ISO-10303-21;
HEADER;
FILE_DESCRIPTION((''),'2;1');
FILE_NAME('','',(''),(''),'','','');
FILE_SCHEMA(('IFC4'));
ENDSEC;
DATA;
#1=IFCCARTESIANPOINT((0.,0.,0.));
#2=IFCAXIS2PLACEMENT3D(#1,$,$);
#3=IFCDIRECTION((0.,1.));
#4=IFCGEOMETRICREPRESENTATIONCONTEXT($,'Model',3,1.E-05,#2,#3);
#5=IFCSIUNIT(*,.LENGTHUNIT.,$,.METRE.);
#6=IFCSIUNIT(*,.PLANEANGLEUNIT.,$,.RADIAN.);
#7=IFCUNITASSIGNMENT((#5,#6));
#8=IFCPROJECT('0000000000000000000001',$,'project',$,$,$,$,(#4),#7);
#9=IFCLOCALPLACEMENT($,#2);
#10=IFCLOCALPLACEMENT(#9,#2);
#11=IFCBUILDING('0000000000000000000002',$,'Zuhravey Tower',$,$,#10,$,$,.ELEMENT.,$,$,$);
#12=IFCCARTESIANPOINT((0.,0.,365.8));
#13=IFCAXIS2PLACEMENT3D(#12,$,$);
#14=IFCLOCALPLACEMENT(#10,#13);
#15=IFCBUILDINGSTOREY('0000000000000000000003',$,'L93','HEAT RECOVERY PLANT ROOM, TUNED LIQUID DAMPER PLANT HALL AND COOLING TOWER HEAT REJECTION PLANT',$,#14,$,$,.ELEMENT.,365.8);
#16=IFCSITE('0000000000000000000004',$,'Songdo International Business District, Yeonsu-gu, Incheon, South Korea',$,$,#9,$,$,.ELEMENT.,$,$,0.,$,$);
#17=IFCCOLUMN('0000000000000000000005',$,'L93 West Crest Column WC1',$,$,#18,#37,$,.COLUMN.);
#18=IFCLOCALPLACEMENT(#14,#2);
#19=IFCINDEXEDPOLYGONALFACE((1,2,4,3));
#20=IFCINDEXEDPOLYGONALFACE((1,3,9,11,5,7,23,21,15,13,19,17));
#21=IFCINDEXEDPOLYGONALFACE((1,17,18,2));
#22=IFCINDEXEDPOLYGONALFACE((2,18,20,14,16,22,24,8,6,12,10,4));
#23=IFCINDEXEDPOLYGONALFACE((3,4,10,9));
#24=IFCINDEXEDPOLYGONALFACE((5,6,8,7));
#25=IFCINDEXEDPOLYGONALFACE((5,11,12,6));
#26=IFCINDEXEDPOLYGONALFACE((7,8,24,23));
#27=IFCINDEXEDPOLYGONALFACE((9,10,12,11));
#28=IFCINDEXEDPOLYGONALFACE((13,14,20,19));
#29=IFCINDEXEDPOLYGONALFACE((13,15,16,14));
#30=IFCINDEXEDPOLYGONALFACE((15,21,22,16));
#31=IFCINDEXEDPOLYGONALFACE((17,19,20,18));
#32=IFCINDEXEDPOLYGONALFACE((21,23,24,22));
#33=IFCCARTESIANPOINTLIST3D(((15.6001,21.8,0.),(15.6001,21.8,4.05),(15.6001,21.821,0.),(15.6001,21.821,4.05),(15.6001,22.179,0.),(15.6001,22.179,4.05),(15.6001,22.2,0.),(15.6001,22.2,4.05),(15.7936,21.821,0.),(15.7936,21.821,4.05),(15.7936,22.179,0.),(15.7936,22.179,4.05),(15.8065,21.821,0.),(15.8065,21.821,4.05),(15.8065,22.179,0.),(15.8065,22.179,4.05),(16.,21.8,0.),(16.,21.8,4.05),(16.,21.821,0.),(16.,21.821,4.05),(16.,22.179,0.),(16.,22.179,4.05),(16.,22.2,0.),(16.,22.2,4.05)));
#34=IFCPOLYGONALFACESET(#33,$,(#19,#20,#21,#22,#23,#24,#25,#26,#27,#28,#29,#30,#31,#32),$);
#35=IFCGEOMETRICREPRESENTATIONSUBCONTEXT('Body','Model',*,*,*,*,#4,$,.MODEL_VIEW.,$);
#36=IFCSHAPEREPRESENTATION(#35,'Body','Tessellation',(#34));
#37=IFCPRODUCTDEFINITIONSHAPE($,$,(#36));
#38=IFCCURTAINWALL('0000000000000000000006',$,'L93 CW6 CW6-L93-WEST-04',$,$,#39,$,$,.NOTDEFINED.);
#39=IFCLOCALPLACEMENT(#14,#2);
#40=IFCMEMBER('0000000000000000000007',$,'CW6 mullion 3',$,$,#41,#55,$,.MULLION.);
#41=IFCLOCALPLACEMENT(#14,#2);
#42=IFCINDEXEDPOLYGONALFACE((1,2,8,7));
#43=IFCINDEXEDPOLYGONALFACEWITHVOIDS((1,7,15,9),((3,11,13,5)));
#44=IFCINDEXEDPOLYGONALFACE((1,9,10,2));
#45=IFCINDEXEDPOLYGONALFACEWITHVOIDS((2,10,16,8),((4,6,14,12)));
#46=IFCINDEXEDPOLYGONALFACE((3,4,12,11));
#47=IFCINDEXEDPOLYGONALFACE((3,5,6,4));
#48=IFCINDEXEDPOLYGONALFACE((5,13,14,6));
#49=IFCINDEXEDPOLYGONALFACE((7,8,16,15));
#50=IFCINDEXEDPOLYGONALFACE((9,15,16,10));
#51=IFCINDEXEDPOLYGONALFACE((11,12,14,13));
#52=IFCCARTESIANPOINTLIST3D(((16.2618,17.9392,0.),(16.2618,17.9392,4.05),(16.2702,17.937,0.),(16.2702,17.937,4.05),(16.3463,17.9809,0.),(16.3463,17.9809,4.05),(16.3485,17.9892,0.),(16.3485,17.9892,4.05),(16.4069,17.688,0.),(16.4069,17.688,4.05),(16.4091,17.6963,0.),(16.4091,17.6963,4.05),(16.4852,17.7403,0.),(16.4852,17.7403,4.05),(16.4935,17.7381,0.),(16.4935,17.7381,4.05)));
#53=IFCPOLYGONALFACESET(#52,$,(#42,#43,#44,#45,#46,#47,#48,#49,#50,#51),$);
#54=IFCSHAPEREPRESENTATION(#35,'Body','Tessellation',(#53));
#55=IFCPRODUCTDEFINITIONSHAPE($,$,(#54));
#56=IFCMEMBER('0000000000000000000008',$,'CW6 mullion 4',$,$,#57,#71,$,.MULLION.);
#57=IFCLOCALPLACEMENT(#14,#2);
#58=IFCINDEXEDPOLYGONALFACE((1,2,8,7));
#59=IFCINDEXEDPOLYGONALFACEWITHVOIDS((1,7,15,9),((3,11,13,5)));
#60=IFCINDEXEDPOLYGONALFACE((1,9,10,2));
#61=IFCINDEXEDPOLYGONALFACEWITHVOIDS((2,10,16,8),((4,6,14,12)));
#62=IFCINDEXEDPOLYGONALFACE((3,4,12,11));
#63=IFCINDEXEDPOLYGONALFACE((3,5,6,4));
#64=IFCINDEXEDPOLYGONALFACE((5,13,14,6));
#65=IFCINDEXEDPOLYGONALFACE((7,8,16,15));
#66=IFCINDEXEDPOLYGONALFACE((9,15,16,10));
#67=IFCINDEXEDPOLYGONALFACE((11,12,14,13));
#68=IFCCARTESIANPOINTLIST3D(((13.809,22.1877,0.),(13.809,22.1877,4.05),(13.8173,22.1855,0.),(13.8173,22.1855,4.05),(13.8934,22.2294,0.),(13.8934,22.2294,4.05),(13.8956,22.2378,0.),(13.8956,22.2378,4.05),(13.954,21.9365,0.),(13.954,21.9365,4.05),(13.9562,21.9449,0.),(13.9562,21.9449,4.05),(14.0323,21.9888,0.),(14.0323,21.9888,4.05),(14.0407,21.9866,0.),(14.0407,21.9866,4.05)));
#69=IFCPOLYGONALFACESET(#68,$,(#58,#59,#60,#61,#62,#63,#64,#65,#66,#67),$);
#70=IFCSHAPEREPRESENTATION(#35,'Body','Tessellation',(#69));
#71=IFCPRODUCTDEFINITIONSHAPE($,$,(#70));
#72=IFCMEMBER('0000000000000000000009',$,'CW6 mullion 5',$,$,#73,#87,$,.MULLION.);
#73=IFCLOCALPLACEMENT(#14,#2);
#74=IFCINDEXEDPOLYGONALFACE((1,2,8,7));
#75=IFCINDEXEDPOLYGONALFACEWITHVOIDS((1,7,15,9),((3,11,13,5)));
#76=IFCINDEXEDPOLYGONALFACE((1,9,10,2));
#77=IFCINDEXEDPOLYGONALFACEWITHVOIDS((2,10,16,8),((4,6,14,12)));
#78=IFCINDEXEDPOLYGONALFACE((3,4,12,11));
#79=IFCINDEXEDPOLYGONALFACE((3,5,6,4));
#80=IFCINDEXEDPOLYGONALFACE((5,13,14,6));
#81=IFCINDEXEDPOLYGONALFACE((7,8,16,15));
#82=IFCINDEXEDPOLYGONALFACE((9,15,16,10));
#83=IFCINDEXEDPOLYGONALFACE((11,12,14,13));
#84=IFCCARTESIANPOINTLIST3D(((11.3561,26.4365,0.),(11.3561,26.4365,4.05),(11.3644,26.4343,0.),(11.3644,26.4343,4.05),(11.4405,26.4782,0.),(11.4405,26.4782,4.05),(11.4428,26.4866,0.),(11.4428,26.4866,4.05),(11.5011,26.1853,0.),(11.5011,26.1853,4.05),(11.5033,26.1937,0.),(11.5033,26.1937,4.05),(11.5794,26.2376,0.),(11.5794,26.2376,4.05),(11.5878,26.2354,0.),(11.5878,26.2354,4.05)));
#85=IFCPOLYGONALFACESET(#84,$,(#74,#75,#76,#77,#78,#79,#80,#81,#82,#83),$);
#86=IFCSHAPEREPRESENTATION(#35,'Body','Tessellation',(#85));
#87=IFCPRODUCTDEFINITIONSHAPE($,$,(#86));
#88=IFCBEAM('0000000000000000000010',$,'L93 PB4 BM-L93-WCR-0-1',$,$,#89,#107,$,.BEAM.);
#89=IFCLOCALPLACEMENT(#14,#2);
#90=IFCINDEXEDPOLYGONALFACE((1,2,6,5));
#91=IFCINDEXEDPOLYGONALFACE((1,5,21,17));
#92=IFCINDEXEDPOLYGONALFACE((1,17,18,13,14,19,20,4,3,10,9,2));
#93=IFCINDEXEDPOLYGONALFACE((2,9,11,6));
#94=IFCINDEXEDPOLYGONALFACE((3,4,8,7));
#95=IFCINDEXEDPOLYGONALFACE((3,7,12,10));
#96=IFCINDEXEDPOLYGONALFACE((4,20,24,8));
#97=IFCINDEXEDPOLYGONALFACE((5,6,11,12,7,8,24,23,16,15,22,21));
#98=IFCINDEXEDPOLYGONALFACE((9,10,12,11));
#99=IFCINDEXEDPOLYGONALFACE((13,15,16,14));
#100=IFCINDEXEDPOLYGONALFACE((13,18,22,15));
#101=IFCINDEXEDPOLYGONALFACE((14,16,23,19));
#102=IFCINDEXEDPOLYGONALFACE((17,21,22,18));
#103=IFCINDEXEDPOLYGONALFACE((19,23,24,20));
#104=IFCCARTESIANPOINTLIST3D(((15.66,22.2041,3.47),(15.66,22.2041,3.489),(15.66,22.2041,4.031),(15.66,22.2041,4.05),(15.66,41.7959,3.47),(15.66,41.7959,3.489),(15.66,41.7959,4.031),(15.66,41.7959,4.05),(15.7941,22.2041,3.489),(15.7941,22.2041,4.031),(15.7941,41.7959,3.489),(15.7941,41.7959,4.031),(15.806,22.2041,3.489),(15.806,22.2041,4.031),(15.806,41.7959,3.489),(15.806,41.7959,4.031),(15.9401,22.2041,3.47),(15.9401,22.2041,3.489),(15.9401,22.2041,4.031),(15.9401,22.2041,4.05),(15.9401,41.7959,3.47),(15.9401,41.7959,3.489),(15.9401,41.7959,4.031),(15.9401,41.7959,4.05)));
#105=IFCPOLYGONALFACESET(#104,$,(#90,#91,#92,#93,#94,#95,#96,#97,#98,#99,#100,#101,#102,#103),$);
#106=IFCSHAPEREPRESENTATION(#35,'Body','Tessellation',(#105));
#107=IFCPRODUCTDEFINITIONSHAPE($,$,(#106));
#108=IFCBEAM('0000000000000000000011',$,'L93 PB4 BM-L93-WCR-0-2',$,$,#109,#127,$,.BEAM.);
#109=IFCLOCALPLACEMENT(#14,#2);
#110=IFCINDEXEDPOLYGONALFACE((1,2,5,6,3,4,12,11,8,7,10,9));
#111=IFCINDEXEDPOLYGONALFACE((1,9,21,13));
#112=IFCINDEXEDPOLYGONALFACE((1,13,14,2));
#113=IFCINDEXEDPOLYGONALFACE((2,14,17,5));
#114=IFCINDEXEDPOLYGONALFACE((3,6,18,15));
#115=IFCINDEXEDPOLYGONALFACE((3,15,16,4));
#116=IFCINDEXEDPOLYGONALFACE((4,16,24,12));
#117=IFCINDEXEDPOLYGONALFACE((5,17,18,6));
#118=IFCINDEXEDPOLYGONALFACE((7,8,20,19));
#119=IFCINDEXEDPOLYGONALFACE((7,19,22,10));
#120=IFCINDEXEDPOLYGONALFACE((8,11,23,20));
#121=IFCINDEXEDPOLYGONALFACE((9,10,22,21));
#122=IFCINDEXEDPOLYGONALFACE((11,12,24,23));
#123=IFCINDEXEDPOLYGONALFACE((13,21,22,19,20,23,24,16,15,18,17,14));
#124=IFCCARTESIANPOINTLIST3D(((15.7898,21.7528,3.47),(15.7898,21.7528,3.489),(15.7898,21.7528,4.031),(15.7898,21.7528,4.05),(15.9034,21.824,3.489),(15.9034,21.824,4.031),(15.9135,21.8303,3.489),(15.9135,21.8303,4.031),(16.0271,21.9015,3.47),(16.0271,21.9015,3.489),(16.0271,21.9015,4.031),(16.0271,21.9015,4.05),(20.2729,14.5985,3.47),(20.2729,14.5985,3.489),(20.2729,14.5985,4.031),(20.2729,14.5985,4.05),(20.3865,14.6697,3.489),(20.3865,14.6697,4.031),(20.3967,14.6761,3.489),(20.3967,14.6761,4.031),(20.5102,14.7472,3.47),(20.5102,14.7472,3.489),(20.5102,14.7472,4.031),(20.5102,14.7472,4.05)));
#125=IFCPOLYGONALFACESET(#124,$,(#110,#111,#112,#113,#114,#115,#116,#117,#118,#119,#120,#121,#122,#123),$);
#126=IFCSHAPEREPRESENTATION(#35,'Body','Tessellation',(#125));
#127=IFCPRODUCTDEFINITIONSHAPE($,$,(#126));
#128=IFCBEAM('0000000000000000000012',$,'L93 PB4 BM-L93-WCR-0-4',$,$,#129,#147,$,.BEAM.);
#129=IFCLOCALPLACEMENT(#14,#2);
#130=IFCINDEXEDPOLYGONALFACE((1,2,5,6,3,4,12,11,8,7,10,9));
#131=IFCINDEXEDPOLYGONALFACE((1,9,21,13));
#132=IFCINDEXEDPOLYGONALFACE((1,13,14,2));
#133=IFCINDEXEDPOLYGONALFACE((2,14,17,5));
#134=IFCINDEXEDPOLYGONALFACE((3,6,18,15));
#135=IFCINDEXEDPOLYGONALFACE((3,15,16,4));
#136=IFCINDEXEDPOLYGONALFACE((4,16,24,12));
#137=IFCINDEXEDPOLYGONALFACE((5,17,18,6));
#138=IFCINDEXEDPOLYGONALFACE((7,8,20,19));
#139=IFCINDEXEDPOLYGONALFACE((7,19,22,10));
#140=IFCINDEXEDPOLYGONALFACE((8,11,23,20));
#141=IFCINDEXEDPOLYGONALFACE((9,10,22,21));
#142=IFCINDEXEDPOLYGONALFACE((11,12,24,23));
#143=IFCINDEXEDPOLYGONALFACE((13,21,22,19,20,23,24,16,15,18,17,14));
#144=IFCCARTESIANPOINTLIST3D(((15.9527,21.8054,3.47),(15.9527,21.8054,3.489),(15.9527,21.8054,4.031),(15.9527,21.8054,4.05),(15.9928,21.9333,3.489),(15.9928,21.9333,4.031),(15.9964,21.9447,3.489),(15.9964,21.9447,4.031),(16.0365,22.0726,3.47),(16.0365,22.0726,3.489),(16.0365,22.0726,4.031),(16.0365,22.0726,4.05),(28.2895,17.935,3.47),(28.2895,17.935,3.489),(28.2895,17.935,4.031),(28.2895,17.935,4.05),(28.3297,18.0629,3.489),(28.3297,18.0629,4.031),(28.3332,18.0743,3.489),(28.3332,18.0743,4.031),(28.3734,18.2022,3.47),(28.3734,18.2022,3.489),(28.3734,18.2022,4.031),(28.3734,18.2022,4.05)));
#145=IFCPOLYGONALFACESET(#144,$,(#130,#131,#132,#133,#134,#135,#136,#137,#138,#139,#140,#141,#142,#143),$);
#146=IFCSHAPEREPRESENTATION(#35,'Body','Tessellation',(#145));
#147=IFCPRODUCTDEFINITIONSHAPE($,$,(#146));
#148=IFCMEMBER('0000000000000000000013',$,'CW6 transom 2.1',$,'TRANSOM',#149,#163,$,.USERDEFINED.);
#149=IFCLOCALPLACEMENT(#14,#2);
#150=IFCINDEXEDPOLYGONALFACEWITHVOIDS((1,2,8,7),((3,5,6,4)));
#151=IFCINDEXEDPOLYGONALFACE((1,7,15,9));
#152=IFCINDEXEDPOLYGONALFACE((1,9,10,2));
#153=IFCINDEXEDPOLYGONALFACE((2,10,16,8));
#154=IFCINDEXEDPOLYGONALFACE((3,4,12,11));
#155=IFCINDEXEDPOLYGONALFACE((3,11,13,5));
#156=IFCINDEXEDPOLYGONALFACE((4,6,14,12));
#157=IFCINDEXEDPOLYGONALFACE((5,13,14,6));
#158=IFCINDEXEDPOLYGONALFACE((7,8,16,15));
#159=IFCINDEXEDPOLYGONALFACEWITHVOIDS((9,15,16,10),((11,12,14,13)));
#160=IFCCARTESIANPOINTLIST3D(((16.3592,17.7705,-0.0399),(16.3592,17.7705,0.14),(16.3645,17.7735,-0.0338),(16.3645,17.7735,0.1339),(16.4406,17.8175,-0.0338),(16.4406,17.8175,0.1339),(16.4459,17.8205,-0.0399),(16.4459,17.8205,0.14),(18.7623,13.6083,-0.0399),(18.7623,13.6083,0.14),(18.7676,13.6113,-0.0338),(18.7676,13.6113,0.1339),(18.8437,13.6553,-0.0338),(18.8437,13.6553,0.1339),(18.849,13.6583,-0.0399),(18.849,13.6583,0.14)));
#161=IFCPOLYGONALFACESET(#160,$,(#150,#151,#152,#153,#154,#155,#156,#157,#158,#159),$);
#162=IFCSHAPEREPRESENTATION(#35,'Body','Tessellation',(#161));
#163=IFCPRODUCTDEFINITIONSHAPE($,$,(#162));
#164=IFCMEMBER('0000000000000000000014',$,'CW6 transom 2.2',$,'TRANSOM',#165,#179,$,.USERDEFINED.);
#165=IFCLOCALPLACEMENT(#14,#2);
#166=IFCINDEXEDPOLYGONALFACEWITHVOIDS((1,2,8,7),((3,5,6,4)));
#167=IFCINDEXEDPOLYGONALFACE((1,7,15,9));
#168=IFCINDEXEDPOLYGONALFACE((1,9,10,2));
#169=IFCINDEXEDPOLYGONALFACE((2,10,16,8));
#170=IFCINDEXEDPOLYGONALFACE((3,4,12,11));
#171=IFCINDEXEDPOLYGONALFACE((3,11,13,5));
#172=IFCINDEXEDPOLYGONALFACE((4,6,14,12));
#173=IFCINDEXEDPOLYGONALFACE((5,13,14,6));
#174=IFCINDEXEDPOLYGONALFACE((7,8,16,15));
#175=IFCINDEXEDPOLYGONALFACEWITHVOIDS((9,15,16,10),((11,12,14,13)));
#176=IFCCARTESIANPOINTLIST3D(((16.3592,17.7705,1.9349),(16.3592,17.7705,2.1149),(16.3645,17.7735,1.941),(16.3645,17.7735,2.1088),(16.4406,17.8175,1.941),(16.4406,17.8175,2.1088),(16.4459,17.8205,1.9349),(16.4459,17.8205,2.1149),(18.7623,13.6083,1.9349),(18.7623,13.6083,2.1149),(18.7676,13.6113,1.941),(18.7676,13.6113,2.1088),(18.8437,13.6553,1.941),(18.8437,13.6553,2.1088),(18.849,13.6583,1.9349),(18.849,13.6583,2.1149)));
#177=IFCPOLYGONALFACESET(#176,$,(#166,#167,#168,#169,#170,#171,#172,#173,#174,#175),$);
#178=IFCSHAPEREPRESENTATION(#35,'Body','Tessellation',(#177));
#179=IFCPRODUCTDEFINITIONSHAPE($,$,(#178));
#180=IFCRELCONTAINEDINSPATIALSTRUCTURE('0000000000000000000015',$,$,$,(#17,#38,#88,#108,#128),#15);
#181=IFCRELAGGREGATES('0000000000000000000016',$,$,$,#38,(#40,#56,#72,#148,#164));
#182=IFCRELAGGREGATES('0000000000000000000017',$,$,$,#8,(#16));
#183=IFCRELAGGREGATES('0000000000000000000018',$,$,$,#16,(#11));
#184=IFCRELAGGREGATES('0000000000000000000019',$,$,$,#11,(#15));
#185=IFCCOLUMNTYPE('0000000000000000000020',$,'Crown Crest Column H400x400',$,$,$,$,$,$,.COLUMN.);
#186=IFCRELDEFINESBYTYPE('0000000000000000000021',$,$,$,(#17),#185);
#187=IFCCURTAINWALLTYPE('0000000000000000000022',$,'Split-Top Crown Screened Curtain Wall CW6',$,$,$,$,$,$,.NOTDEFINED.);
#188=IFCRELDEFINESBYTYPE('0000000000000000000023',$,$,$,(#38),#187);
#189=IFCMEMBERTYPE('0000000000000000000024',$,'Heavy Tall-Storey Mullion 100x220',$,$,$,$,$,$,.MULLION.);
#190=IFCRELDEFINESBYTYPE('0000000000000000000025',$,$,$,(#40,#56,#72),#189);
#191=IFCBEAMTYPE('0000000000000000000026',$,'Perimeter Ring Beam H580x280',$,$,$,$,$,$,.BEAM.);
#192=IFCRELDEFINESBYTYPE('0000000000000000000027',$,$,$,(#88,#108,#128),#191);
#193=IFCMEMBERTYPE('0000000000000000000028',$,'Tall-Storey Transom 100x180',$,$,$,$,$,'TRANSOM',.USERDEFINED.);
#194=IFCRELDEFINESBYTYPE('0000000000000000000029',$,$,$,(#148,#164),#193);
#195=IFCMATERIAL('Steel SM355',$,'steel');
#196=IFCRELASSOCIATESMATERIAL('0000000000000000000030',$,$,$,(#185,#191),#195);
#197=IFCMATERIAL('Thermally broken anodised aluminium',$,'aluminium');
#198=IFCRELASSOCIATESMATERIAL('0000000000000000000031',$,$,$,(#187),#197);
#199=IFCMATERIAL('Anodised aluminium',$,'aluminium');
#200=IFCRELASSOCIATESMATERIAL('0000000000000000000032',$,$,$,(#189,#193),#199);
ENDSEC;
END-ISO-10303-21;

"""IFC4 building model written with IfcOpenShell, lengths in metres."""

from ifc_helpers import new_model, si_unit, direction, frame, origin, origin_2d, place, context, subcontext, project, spatial, hollow_rectangle, i_section, extrude, material, material_profile, profile_set, type_object, element, aggregate, save


model = new_model("IFC4")

# Units and contexts
model_context = context("Model", 3, precision=1e-05, world=origin(), true_north=direction((0.0, 1.0)))
body_context = subcontext(model_context, "Body", "Model", "MODEL_VIEW")
ifc_project = project(units=[si_unit("LENGTHUNIT", "METRE"), si_unit("PLANEANGLEUNIT", "RADIAN")], contexts=[model_context])

# Site, building, storey
site_placement = place(None, origin())
site = spatial("IfcSite", under=ifc_project, at=site_placement, Name="Songdo International Business District, Yeonsu-gu, Incheon, South Korea", CompositionType="ELEMENT", RefElevation=0.0)
building_placement = place(site_placement, origin())
building = spatial("IfcBuilding", under=site, at=building_placement, Name="Zuhravey Tower", CompositionType="ELEMENT")
storey_placement = place(building_placement, frame((0.0, 0.0, 365.8)))
storey = spatial("IfcBuildingStorey", under=building, at=storey_placement, Name="L93", Description="HEAT RECOVERY PLANT ROOM, TUNED LIQUID DAMPER PLANT HALL AND COOLING TOWER HEAT REJECTION PLANT", CompositionType="ELEMENT", Elevation=365.8)

# Column
ifc_material_1 = material(Name="Steel SM355", Category="steel")
ifc_material_profile_1 = material_profile(ifc_material_1, i_section(OverallWidth=0.3999, OverallDepth=0.3999, WebThickness=0.0129, FlangeThickness=0.021, at=origin_2d()), Name="H-400x400x13x21")
ifc_profile_set_1 = profile_set([ifc_material_profile_1], Name="Steel SM355")
column_type = type_object("IfcColumnType", Name="Crown Crest Column H400x400", PredefinedType="COLUMN", material=ifc_profile_set_1)
column_placement = place(storey_placement, frame((15.8, 22.0, 0.0), z_axis=(0.0, 0.0, 1.0), x_axis=(1.0, 0.0, 0.0)))
element("IfcColumn", 1, at=column_placement, inside=storey, type_object=column_type, Name="L93 West Crest Column WC1", PredefinedType="COLUMN", context=body_context, shape_type="SweptSolid", body=[
    extrude(i_section(OverallWidth=0.3999, OverallDepth=0.3999, WebThickness=0.0129, FlangeThickness=0.021, at=origin_2d()), origin(), (0.0, 0.0, 1.0), 4.05),
])

# Curtain wall, members
ifc_material_2 = material(Name="Thermally broken anodised aluminium", Category="aluminium")
curtain_wall_type = type_object("IfcCurtainWallType", Name="Split-Top Crown Screened Curtain Wall CW6", PredefinedType="NOTDEFINED", material=ifc_material_2)
curtain_wall_placement = place(storey_placement, origin())
curtain_wall = element("IfcCurtainWall", 2, at=curtain_wall_placement, inside=storey, type_object=curtain_wall_type, Name="L93 CW6 CW6-L93-WEST-04", PredefinedType="NOTDEFINED")
ifc_material_3 = material(Name="Anodised aluminium", Category="aluminium")
ifc_material_profile_2 = material_profile(ifc_material_3, hollow_rectangle(XDim=0.1001, YDim=0.29, WallThickness=0.0061, at=origin_2d()), Name="ALU-RHS-100x290x6")
ifc_profile_set_2 = profile_set([ifc_material_profile_2], Name="Anodised aluminium")
member_type_1 = type_object("IfcMemberType", Name="Heavy Tall-Storey Mullion 100x220", PredefinedType="MULLION", material=ifc_profile_set_2)
member_1_placement = place(storey_placement, frame((16.3777, 17.8386, 0.0), z_axis=(0.0, 0.0, 1.0), x_axis=(-0.866027, -0.499997, 0.0)))
member_1 = element("IfcMember", 3, at=member_1_placement, type_object=member_type_1, Name="CW6 mullion 3", PredefinedType="MULLION", context=body_context, shape_type="SweptSolid", body=[
    extrude(hollow_rectangle(XDim=0.1001, YDim=0.29, WallThickness=0.0061, at=origin_2d()), origin(), (0.0, 0.0, 1.0), 4.05),
])
member_2_placement = place(storey_placement, frame((13.9248, 22.0872, 0.0), z_axis=(0.0, 0.0, 1.0), x_axis=(-0.866027, -0.499997, 0.0)))
member_2 = element("IfcMember", 4, at=member_2_placement, type_object=member_type_1, Name="CW6 mullion 4", PredefinedType="MULLION", context=body_context, shape_type="SweptSolid", body=[
    extrude(hollow_rectangle(XDim=0.1001, YDim=0.29, WallThickness=0.0061, at=origin_2d()), origin(), (0.0, 0.0, 1.0), 4.05),
])
member_3_placement = place(storey_placement, frame((11.4719, 26.3359, 0.0), z_axis=(0.0, 0.0, 1.0), x_axis=(-0.866027, -0.499997, 0.0)))
member_3 = element("IfcMember", 5, at=member_3_placement, type_object=member_type_1, Name="CW6 mullion 5", PredefinedType="MULLION", context=body_context, shape_type="SweptSolid", body=[
    extrude(hollow_rectangle(XDim=0.1001, YDim=0.29, WallThickness=0.0061, at=origin_2d()), origin(), (0.0, 0.0, 1.0), 4.05),
])

# Beams
ifc_material_profile_3 = material_profile(ifc_material_1, i_section(OverallWidth=0.28, OverallDepth=0.5801, WebThickness=0.012, FlangeThickness=0.019, at=origin_2d()), Name="H-580x280x12x19")
ifc_profile_set_3 = profile_set([ifc_material_profile_3], Name="Steel SM355")
beam_type = type_object("IfcBeamType", Name="Perimeter Ring Beam H580x280", PredefinedType="BEAM", material=ifc_profile_set_3)
beam_1_placement = place(storey_placement, frame((15.8, 22.2041, 3.76), z_axis=(0.0, 1.0, 0.0), x_axis=(-1.0, 0.0, 0.0)))
element("IfcBeam", 6, at=beam_1_placement, inside=storey, type_object=beam_type, Name="L93 PB4 BM-L93-WCR-0-1", PredefinedType="BEAM", context=body_context, shape_type="SweptSolid", body=[
    extrude(i_section(OverallWidth=0.28, OverallDepth=0.5801, WebThickness=0.012, FlangeThickness=0.019, at=origin_2d()), origin(), (0.0, 0.0, 1.0), 19.5918),
])
beam_2_placement = place(storey_placement, frame((15.9084, 21.8271, 3.76), z_axis=(0.530997, -0.847374, 0.0), x_axis=(0.847374, 0.530997, 0.0)))
element("IfcBeam", 7, at=beam_2_placement, inside=storey, type_object=beam_type, Name="L93 PB4 BM-L93-WCR-0-2", PredefinedType="BEAM", context=body_context, shape_type="SweptSolid", body=[
    extrude(i_section(OverallWidth=0.28, OverallDepth=0.5801, WebThickness=0.012, FlangeThickness=0.019, at=origin_2d()), origin(), (0.0, 0.0, 1.0), 8.4429),
])
beam_3_placement = place(storey_placement, frame((15.9946, 21.939, 3.76), z_axis=(0.954147, -0.299337, 0.0), x_axis=(0.299337, 0.954147, 0.0)))
element("IfcBeam", 8, at=beam_3_placement, inside=storey, type_object=beam_type, Name="L93 PB4 BM-L93-WCR-0-4", PredefinedType="BEAM", context=body_context, shape_type="SweptSolid", body=[
    extrude(i_section(OverallWidth=0.28, OverallDepth=0.5801, WebThickness=0.012, FlangeThickness=0.019, at=origin_2d()), origin(), (0.0, 0.0, 1.0), 12.9297),
])

# Members
ifc_material_profile_4 = material_profile(ifc_material_3, hollow_rectangle(XDim=0.1001, YDim=0.1799, WallThickness=0.0061, at=origin_2d()), Name="ALU-RHS-100x180x6")
ifc_profile_set_4 = profile_set([ifc_material_profile_4], Name="Anodised aluminium")
member_type_2 = type_object("IfcMemberType", Name="Tall-Storey Transom 100x180", ElementType="TRANSOM", PredefinedType="USERDEFINED", material=ifc_profile_set_4)
member_4_placement = place(storey_placement, frame((18.8057, 13.6333, 0.05), z_axis=(-0.500013, 0.866018, 0.0), x_axis=(-0.866018, -0.500013, 0.0)))
member_4 = element("IfcMember", 9, at=member_4_placement, type_object=member_type_2, Name="CW6 transom 2.1", ObjectType="TRANSOM", PredefinedType="USERDEFINED", context=body_context, shape_type="SweptSolid", body=[
    extrude(hollow_rectangle(XDim=0.1001, YDim=0.1799, WallThickness=0.0061, at=origin_2d()), origin(), (0.0, 0.0, 1.0), 4.8062),
])
member_5_placement = place(storey_placement, frame((18.8057, 13.6333, 2.0249), z_axis=(-0.500013, 0.866018, 0.0), x_axis=(-0.866018, -0.500013, 0.0)))
member_5 = element("IfcMember", 10, at=member_5_placement, type_object=member_type_2, Name="CW6 transom 2.2", ObjectType="TRANSOM", PredefinedType="USERDEFINED", context=body_context, shape_type="SweptSolid", body=[
    extrude(hollow_rectangle(XDim=0.1001, YDim=0.1799, WallThickness=0.0061, at=origin_2d()), origin(), (0.0, 0.0, 1.0), 4.8062),
])

aggregate(curtain_wall, [member_1, member_2, member_3, member_4, member_5])

save(model, "model.ifc")
